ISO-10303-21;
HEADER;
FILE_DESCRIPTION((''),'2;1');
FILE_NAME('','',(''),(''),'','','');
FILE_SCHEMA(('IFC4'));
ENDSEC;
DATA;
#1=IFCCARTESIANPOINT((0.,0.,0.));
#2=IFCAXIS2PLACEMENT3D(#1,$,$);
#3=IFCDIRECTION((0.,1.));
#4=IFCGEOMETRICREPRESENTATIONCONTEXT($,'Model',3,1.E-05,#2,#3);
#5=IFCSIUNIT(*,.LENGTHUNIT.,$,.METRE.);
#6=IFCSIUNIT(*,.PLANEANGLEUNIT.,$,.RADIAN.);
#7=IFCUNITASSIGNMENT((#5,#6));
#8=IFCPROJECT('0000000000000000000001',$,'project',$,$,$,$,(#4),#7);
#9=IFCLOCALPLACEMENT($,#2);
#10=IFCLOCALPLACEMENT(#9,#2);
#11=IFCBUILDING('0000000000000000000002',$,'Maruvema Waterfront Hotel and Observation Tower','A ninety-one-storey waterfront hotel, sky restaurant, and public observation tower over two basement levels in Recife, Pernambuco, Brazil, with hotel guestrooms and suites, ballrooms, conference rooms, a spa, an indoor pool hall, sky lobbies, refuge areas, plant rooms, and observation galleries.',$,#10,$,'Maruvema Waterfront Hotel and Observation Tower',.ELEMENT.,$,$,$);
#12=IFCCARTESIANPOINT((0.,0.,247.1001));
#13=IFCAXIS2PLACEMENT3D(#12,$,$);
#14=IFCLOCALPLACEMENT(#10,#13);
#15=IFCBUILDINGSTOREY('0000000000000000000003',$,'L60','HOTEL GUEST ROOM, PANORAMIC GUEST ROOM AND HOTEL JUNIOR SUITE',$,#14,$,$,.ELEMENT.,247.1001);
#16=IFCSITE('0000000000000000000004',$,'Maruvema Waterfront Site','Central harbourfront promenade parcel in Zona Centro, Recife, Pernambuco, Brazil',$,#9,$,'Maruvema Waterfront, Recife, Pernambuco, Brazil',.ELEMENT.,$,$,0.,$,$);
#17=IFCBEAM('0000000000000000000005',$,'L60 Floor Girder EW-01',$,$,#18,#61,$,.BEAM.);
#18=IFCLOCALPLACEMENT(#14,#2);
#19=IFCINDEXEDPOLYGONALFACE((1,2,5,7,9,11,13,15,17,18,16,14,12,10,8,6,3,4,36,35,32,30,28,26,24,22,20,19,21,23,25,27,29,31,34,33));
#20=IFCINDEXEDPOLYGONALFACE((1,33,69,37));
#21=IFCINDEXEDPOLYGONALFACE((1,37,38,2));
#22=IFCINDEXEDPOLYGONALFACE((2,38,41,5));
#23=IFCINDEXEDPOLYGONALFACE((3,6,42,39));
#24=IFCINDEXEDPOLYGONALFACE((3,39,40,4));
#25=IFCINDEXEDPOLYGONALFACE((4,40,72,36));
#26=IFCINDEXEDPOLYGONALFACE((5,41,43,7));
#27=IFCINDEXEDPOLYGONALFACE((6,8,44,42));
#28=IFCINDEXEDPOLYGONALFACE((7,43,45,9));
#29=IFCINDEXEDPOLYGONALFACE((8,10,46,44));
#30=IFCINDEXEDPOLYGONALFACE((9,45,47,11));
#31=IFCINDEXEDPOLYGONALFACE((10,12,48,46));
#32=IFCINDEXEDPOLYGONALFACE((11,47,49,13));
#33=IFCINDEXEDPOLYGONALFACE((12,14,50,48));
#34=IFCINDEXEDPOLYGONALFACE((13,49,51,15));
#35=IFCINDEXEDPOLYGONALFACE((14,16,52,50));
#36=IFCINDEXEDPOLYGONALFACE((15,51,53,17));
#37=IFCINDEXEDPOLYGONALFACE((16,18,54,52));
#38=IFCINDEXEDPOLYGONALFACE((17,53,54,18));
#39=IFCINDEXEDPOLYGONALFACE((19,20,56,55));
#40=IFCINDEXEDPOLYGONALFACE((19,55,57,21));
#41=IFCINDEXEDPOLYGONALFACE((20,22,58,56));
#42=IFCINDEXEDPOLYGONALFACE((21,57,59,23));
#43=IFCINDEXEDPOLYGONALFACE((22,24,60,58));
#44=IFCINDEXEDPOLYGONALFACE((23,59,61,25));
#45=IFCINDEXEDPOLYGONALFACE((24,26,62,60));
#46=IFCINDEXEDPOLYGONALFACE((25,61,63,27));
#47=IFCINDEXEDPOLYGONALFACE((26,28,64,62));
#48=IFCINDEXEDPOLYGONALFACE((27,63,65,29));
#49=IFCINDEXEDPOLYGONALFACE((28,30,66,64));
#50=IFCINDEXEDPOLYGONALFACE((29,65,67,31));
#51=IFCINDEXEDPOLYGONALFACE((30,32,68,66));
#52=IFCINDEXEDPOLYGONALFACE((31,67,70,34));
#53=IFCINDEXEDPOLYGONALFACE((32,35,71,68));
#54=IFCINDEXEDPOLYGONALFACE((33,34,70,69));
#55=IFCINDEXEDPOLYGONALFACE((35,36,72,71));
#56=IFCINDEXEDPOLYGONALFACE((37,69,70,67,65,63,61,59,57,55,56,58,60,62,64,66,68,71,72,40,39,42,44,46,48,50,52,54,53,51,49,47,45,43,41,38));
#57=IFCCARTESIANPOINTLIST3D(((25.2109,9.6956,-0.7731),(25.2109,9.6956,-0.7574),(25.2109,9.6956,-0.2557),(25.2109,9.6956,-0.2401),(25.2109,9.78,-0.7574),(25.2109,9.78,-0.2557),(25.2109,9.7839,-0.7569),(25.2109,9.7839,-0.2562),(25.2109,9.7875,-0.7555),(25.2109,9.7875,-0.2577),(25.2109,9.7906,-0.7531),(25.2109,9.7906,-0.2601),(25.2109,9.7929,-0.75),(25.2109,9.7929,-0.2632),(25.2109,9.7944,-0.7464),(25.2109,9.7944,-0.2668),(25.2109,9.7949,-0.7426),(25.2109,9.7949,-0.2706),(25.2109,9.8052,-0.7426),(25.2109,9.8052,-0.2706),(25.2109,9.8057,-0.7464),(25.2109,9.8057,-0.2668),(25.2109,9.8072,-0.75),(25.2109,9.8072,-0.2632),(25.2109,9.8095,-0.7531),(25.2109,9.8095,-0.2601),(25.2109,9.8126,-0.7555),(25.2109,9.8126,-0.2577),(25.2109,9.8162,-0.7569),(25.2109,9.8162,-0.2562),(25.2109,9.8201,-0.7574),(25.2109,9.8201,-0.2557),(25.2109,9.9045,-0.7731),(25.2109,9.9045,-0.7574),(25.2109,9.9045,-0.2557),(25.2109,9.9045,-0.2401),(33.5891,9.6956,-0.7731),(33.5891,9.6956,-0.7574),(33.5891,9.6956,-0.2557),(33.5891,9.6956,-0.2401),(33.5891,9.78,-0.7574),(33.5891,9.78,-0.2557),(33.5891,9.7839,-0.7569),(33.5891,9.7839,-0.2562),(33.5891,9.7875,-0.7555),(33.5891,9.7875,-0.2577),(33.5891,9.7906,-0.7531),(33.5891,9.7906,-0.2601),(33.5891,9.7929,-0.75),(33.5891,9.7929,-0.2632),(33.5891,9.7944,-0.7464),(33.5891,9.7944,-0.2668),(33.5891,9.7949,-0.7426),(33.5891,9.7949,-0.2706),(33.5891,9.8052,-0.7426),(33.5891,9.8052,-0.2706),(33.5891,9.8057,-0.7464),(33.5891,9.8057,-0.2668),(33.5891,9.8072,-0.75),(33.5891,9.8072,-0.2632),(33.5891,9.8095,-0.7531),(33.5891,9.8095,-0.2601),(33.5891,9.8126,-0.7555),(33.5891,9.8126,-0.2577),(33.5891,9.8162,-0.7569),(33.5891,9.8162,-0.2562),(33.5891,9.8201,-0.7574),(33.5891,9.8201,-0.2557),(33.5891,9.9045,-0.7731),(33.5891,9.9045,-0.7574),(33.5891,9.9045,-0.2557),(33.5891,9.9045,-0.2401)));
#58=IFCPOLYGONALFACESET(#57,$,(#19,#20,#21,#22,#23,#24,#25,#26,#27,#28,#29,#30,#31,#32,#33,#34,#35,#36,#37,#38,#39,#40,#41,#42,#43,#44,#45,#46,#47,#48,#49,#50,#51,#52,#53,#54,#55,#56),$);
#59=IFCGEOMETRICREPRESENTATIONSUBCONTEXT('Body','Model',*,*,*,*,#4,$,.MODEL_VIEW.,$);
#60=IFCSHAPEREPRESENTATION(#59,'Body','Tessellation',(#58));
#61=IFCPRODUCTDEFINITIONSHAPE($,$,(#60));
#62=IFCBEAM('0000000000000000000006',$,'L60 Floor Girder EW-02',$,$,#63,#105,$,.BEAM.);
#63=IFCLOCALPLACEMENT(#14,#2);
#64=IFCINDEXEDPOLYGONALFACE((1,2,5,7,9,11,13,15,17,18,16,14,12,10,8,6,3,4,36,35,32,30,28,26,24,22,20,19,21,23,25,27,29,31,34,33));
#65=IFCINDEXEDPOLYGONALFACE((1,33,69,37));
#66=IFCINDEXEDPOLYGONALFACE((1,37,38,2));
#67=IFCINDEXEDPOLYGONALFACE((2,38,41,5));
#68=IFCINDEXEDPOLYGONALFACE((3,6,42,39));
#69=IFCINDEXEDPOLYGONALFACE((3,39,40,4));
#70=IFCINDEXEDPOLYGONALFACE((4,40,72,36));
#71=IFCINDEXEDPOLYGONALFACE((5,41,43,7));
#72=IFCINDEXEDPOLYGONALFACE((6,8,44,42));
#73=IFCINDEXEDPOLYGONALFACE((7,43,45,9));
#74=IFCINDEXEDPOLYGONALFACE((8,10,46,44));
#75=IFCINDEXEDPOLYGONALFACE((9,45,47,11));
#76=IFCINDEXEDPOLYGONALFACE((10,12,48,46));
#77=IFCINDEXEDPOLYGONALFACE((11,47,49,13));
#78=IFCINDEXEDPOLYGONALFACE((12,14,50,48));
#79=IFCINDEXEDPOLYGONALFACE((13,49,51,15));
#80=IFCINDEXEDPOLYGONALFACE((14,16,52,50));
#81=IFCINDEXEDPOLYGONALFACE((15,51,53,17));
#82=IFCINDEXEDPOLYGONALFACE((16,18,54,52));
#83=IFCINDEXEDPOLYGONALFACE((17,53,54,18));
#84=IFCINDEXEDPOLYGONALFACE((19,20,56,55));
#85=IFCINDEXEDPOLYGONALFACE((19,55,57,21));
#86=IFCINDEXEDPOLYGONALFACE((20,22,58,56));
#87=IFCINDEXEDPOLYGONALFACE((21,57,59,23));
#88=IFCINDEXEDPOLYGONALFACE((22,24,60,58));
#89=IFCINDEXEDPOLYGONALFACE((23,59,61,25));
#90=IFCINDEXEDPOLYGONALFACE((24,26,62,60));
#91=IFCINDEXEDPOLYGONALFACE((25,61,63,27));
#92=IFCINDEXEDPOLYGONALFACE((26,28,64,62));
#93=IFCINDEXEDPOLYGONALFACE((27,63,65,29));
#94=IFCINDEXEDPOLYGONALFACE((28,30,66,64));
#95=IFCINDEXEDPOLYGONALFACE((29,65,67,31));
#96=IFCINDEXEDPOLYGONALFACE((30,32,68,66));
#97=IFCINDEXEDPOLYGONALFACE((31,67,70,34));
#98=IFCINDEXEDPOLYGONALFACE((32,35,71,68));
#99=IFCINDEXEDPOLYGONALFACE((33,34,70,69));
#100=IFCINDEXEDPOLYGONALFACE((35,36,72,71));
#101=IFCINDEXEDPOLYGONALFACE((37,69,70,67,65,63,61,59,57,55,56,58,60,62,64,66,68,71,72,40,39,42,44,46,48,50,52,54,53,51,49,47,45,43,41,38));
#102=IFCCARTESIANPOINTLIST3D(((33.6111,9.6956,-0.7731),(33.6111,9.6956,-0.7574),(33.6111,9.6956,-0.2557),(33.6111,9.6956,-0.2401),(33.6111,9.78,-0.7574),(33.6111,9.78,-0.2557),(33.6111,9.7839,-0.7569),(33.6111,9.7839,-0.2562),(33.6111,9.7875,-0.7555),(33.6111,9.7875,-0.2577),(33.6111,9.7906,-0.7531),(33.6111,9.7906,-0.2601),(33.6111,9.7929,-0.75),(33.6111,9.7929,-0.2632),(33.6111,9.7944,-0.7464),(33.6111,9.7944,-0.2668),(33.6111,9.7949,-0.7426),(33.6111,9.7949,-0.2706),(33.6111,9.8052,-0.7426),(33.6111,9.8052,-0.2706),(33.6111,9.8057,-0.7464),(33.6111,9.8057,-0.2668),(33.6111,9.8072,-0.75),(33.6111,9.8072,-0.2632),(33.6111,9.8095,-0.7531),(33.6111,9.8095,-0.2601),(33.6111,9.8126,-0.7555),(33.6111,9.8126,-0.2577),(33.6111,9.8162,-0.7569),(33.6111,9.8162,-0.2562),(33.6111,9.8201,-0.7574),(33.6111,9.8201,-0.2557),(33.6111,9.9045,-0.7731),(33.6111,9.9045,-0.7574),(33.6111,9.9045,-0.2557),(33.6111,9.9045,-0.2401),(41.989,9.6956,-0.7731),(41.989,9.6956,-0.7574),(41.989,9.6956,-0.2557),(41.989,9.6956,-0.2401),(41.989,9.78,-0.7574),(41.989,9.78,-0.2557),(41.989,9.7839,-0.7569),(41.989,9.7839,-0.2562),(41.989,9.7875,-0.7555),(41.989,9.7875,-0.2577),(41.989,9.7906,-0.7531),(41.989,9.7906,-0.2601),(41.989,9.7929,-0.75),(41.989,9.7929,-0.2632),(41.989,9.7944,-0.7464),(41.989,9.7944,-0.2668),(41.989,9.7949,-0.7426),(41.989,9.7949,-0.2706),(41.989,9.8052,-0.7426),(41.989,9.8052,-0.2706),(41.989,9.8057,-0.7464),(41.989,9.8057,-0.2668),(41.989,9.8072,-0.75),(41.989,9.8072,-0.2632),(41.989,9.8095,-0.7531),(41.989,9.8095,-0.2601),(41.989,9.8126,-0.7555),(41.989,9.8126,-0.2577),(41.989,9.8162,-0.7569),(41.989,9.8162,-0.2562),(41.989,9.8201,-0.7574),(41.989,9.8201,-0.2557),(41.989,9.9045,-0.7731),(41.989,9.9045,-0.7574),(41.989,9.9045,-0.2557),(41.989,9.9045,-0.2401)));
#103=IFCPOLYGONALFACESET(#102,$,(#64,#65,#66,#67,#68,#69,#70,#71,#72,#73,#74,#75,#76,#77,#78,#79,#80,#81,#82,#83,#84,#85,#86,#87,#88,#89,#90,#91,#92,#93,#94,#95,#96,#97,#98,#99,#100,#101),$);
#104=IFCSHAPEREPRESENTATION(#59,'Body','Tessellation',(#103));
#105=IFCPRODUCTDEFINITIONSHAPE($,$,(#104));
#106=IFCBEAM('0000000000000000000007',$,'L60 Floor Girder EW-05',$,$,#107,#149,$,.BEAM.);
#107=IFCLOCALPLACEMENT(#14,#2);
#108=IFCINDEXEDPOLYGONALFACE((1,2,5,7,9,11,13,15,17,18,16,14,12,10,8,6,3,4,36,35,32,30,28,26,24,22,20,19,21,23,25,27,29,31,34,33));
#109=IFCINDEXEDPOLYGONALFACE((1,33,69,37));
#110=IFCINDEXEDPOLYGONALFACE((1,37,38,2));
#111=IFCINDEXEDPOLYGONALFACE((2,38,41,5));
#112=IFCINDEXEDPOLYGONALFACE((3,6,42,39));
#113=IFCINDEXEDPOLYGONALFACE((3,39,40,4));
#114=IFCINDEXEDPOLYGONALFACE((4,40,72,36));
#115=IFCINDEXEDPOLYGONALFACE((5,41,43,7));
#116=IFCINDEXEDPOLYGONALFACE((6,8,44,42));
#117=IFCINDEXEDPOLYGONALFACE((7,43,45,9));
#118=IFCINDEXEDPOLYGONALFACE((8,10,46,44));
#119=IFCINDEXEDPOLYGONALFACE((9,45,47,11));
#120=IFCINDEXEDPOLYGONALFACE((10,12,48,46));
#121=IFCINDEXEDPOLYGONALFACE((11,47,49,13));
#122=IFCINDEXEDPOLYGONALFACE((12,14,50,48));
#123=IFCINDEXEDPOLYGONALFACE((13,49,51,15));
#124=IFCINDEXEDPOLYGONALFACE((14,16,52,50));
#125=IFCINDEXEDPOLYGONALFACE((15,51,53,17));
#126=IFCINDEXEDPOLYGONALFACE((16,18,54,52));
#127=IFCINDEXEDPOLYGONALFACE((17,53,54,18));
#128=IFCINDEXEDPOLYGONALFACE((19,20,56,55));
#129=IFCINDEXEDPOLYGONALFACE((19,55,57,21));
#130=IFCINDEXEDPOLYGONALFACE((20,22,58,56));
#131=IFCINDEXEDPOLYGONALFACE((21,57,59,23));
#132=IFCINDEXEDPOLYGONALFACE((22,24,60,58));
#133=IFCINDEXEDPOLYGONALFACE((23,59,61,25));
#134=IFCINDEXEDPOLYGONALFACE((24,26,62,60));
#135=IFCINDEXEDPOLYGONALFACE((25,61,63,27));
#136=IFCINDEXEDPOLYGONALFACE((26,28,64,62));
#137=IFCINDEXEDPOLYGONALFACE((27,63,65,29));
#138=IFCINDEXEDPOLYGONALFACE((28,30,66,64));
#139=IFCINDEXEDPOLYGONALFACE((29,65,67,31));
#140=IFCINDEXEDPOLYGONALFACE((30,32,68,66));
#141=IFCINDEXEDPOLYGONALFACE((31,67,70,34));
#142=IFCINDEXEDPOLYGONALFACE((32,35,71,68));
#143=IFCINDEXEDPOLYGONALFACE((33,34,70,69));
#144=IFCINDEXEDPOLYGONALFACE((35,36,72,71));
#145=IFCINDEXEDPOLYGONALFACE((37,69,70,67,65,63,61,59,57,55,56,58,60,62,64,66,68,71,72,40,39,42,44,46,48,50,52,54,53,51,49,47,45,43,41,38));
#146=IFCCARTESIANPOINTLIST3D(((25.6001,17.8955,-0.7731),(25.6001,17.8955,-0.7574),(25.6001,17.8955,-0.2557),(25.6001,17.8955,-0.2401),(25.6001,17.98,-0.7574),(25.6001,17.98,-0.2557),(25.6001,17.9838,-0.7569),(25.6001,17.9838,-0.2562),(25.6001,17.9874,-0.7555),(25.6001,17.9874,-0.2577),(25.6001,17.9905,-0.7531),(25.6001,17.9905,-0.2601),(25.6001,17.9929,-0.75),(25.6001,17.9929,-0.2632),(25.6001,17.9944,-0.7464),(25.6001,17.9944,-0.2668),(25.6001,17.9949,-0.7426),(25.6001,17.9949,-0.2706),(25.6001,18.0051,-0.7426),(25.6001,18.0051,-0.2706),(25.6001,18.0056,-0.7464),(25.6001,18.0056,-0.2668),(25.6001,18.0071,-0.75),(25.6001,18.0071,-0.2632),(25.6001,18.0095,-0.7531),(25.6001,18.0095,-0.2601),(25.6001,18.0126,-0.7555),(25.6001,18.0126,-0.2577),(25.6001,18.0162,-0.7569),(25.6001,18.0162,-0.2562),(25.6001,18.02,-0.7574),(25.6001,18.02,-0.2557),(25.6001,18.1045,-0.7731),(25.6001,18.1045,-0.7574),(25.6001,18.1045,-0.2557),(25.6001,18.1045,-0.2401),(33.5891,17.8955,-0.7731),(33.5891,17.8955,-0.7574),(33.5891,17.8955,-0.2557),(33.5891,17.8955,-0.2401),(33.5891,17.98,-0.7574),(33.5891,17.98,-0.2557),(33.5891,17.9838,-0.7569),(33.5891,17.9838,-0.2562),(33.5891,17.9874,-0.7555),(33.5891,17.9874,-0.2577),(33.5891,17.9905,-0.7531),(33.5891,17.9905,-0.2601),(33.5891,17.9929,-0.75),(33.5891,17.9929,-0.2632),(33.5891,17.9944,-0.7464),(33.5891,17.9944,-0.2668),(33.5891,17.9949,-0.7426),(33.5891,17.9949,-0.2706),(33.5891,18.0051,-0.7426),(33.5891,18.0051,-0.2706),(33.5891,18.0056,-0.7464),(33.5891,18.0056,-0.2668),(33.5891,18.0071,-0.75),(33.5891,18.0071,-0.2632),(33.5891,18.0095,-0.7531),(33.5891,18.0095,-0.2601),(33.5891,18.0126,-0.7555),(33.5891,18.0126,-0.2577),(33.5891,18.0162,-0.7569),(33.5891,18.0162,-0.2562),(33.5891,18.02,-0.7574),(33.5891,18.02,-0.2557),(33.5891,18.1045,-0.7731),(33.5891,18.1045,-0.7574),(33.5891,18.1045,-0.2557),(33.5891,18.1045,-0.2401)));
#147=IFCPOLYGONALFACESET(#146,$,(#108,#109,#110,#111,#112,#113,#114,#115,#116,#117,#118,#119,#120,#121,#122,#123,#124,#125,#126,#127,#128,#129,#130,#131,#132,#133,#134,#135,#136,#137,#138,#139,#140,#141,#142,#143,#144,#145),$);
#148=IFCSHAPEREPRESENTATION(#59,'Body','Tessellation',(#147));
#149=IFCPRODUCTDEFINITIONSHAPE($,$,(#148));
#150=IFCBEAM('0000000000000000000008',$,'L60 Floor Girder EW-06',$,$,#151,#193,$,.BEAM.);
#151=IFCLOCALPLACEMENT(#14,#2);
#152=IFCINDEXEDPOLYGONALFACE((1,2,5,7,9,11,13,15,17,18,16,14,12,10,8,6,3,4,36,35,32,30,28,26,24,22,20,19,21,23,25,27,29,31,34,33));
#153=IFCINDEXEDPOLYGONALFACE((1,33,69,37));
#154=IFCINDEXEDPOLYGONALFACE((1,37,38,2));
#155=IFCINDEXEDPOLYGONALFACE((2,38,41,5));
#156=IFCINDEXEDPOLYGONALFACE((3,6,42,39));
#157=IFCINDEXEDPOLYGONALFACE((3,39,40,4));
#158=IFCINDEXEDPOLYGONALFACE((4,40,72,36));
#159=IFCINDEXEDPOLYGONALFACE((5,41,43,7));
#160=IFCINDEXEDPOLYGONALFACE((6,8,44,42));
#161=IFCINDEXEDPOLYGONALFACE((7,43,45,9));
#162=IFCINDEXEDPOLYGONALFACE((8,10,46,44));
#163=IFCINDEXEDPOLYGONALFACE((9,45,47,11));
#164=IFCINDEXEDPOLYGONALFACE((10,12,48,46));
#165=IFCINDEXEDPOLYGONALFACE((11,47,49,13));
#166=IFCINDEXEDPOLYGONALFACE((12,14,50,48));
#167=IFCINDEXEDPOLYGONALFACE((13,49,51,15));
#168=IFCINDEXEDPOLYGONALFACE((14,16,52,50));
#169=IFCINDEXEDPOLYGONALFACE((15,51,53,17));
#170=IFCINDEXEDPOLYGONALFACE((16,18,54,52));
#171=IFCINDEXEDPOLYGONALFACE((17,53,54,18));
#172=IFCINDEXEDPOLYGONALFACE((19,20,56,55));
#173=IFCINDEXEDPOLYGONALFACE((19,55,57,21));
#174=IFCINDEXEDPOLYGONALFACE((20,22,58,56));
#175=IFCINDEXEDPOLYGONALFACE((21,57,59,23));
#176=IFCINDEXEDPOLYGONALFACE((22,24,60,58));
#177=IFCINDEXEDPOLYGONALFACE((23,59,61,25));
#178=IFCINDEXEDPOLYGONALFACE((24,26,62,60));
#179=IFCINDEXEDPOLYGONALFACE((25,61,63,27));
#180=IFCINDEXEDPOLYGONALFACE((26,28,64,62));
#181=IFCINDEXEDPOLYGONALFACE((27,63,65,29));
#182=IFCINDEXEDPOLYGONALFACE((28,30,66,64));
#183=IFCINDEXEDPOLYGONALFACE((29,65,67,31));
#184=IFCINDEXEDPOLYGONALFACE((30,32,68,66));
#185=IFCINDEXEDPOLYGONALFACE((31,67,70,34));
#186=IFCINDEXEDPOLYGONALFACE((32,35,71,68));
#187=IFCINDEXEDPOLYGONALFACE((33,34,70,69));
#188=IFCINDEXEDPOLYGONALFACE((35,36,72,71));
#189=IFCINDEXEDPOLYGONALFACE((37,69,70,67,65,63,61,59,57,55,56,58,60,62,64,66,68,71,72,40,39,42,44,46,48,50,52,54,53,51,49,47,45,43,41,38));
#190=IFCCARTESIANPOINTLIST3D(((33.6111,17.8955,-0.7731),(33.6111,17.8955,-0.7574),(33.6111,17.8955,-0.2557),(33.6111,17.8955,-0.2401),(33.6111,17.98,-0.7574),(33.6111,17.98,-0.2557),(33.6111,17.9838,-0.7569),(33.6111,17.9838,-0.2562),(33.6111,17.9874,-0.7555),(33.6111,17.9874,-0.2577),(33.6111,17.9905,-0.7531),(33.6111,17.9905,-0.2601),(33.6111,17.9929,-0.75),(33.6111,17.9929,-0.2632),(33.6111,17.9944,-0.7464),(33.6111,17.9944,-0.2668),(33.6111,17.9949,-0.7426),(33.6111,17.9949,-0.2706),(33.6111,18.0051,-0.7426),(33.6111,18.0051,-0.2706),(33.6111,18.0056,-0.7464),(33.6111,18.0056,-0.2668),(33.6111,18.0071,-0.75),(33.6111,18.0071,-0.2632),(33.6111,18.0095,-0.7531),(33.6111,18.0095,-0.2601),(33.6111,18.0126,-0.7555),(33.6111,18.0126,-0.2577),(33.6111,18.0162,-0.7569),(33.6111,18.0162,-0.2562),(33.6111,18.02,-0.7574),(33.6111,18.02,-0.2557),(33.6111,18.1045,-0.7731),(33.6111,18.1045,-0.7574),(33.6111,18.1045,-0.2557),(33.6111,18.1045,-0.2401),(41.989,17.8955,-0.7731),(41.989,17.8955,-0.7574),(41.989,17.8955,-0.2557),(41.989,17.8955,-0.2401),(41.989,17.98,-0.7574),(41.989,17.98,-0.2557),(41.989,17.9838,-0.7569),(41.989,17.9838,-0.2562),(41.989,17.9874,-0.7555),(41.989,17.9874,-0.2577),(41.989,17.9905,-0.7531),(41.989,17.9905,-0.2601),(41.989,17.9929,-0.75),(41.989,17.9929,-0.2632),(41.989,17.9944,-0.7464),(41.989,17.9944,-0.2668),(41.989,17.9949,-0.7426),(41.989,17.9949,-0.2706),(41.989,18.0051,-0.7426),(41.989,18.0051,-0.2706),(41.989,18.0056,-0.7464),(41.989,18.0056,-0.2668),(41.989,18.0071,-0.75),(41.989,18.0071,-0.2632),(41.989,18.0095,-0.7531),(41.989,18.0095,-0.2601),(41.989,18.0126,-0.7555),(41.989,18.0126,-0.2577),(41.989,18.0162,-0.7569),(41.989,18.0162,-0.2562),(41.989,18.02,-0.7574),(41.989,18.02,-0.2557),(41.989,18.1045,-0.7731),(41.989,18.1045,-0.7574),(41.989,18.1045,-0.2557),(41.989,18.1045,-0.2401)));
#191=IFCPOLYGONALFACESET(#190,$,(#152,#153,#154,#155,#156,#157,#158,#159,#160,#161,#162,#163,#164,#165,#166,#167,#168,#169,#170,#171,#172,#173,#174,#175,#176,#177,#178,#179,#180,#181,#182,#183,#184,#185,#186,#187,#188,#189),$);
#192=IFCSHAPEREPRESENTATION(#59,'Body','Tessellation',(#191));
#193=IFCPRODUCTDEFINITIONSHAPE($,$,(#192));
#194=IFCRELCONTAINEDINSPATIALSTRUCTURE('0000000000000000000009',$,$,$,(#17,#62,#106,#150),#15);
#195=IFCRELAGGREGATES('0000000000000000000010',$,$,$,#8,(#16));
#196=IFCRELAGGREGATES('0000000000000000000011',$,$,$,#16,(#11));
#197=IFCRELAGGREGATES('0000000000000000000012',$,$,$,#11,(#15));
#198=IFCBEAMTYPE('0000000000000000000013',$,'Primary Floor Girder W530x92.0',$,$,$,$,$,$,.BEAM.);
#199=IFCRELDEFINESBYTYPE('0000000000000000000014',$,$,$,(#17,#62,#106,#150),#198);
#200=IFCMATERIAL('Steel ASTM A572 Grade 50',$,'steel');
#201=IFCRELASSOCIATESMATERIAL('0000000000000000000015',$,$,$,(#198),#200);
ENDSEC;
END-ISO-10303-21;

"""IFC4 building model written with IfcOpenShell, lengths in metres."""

from ifc_helpers import new_model, si_unit, direction, frame, origin, origin_2d, place, context, subcontext, project, spatial, i_section, extrude, material, material_profile, profile_set, type_object, element, save


model = new_model("IFC4")

# Units and contexts
model_context = context("Model", 3, precision=1e-05, world=origin(), true_north=direction((0.0, 1.0)))
body_context = subcontext(model_context, "Body", "Model", "MODEL_VIEW")
ifc_project = project(units=[si_unit("LENGTHUNIT", "METRE"), si_unit("PLANEANGLEUNIT", "RADIAN")], contexts=[model_context])

# Site, building, storey
site_placement = place(None, origin())
site = spatial("IfcSite", under=ifc_project, at=site_placement, Name="Maruvema Waterfront Site", Description="Central harbourfront promenade parcel in Zona Centro, Recife, Pernambuco, Brazil", LongName="Maruvema Waterfront, Recife, Pernambuco, Brazil", CompositionType="ELEMENT", RefElevation=0.0)
building_placement = place(site_placement, origin())
building = spatial("IfcBuilding", under=site, at=building_placement, Name="Maruvema Waterfront Hotel and Observation Tower", Description="A ninety-one-storey waterfront hotel, sky restaurant, and public observation tower over two basement levels in Recife, Pernambuco, Brazil, with hotel guestrooms and suites, ballrooms, conference rooms, a spa, an indoor pool hall, sky lobbies, refuge areas, plant rooms, and observation galleries.", LongName="Maruvema Waterfront Hotel and Observation Tower", CompositionType="ELEMENT")
storey_placement = place(building_placement, frame((0.0, 0.0, 247.1001)))
storey = spatial("IfcBuildingStorey", under=building, at=storey_placement, Name="L60", Description="HOTEL GUEST ROOM, PANORAMIC GUEST ROOM AND HOTEL JUNIOR SUITE", CompositionType="ELEMENT", Elevation=247.1001)

# Beams
ifc_material_1 = material(Name="Steel ASTM A572 Grade 50", Category="steel")
ifc_material_profile_1 = material_profile(ifc_material_1, i_section(OverallWidth=0.209, OverallDepth=0.533, WebThickness=0.0103, FlangeThickness=0.0156, FilletRadius=0.0149, at=origin_2d()), Name="W530x92.0")
ifc_profile_set_1 = profile_set([ifc_material_profile_1], Name="Steel ASTM A572 Grade 50")
beam_type_1 = type_object("IfcBeamType", Name="Primary Floor Girder W530x92.0", PredefinedType="BEAM", material=ifc_profile_set_1)
beam_1_placement = place(storey_placement, frame((25.2109, 9.8, -0.5066), z_axis=(1.0, 0.0, 0.0), x_axis=(0.0, 1.0, 0.0)))
element("IfcBeam", 1, at=beam_1_placement, inside=storey, type_object=beam_type_1, Name="L60 Floor Girder EW-01", PredefinedType="BEAM", context=body_context, shape_type="SweptSolid", body=[
    extrude(i_section(OverallWidth=0.209, OverallDepth=0.533, WebThickness=0.0103, FlangeThickness=0.0156, FilletRadius=0.0149, at=origin_2d()), origin(), (0.0, 0.0, 1.0), 8.3782),
])
beam_2_placement = place(storey_placement, frame((33.6111, 9.8, -0.5066), z_axis=(1.0, 0.0, 0.0), x_axis=(0.0, 1.0, 0.0)))
element("IfcBeam", 2, at=beam_2_placement, inside=storey, type_object=beam_type_1, Name="L60 Floor Girder EW-02", PredefinedType="BEAM", context=body_context, shape_type="SweptSolid", body=[
    extrude(i_section(OverallWidth=0.209, OverallDepth=0.533, WebThickness=0.0103, FlangeThickness=0.0156, FilletRadius=0.0149, at=origin_2d()), origin(), (0.0, 0.0, 1.0), 8.3779),
])
beam_3_placement = place(storey_placement, frame((25.6001, 18.0, -0.5066), z_axis=(1.0, 0.0, 0.0), x_axis=(0.0, 1.0, 0.0)))
element("IfcBeam", 3, at=beam_3_placement, inside=storey, type_object=beam_type_1, Name="L60 Floor Girder EW-05", PredefinedType="BEAM", context=body_context, shape_type="SweptSolid", body=[
    extrude(i_section(OverallWidth=0.209, OverallDepth=0.533, WebThickness=0.0103, FlangeThickness=0.0156, FilletRadius=0.0149, at=origin_2d()), origin(), (0.0, 0.0, 1.0), 7.989),
])
beam_4_placement = place(storey_placement, frame((33.6111, 18.0, -0.5066), z_axis=(1.0, 0.0, 0.0), x_axis=(0.0, 1.0, 0.0)))
element("IfcBeam", 4, at=beam_4_placement, inside=storey, type_object=beam_type_1, Name="L60 Floor Girder EW-06", PredefinedType="BEAM", context=body_context, shape_type="SweptSolid", body=[
    extrude(i_section(OverallWidth=0.209, OverallDepth=0.533, WebThickness=0.0103, FlangeThickness=0.0156, FilletRadius=0.0149, at=origin_2d()), origin(), (0.0, 0.0, 1.0), 8.3779),
])

save(model, "model.ifc")
